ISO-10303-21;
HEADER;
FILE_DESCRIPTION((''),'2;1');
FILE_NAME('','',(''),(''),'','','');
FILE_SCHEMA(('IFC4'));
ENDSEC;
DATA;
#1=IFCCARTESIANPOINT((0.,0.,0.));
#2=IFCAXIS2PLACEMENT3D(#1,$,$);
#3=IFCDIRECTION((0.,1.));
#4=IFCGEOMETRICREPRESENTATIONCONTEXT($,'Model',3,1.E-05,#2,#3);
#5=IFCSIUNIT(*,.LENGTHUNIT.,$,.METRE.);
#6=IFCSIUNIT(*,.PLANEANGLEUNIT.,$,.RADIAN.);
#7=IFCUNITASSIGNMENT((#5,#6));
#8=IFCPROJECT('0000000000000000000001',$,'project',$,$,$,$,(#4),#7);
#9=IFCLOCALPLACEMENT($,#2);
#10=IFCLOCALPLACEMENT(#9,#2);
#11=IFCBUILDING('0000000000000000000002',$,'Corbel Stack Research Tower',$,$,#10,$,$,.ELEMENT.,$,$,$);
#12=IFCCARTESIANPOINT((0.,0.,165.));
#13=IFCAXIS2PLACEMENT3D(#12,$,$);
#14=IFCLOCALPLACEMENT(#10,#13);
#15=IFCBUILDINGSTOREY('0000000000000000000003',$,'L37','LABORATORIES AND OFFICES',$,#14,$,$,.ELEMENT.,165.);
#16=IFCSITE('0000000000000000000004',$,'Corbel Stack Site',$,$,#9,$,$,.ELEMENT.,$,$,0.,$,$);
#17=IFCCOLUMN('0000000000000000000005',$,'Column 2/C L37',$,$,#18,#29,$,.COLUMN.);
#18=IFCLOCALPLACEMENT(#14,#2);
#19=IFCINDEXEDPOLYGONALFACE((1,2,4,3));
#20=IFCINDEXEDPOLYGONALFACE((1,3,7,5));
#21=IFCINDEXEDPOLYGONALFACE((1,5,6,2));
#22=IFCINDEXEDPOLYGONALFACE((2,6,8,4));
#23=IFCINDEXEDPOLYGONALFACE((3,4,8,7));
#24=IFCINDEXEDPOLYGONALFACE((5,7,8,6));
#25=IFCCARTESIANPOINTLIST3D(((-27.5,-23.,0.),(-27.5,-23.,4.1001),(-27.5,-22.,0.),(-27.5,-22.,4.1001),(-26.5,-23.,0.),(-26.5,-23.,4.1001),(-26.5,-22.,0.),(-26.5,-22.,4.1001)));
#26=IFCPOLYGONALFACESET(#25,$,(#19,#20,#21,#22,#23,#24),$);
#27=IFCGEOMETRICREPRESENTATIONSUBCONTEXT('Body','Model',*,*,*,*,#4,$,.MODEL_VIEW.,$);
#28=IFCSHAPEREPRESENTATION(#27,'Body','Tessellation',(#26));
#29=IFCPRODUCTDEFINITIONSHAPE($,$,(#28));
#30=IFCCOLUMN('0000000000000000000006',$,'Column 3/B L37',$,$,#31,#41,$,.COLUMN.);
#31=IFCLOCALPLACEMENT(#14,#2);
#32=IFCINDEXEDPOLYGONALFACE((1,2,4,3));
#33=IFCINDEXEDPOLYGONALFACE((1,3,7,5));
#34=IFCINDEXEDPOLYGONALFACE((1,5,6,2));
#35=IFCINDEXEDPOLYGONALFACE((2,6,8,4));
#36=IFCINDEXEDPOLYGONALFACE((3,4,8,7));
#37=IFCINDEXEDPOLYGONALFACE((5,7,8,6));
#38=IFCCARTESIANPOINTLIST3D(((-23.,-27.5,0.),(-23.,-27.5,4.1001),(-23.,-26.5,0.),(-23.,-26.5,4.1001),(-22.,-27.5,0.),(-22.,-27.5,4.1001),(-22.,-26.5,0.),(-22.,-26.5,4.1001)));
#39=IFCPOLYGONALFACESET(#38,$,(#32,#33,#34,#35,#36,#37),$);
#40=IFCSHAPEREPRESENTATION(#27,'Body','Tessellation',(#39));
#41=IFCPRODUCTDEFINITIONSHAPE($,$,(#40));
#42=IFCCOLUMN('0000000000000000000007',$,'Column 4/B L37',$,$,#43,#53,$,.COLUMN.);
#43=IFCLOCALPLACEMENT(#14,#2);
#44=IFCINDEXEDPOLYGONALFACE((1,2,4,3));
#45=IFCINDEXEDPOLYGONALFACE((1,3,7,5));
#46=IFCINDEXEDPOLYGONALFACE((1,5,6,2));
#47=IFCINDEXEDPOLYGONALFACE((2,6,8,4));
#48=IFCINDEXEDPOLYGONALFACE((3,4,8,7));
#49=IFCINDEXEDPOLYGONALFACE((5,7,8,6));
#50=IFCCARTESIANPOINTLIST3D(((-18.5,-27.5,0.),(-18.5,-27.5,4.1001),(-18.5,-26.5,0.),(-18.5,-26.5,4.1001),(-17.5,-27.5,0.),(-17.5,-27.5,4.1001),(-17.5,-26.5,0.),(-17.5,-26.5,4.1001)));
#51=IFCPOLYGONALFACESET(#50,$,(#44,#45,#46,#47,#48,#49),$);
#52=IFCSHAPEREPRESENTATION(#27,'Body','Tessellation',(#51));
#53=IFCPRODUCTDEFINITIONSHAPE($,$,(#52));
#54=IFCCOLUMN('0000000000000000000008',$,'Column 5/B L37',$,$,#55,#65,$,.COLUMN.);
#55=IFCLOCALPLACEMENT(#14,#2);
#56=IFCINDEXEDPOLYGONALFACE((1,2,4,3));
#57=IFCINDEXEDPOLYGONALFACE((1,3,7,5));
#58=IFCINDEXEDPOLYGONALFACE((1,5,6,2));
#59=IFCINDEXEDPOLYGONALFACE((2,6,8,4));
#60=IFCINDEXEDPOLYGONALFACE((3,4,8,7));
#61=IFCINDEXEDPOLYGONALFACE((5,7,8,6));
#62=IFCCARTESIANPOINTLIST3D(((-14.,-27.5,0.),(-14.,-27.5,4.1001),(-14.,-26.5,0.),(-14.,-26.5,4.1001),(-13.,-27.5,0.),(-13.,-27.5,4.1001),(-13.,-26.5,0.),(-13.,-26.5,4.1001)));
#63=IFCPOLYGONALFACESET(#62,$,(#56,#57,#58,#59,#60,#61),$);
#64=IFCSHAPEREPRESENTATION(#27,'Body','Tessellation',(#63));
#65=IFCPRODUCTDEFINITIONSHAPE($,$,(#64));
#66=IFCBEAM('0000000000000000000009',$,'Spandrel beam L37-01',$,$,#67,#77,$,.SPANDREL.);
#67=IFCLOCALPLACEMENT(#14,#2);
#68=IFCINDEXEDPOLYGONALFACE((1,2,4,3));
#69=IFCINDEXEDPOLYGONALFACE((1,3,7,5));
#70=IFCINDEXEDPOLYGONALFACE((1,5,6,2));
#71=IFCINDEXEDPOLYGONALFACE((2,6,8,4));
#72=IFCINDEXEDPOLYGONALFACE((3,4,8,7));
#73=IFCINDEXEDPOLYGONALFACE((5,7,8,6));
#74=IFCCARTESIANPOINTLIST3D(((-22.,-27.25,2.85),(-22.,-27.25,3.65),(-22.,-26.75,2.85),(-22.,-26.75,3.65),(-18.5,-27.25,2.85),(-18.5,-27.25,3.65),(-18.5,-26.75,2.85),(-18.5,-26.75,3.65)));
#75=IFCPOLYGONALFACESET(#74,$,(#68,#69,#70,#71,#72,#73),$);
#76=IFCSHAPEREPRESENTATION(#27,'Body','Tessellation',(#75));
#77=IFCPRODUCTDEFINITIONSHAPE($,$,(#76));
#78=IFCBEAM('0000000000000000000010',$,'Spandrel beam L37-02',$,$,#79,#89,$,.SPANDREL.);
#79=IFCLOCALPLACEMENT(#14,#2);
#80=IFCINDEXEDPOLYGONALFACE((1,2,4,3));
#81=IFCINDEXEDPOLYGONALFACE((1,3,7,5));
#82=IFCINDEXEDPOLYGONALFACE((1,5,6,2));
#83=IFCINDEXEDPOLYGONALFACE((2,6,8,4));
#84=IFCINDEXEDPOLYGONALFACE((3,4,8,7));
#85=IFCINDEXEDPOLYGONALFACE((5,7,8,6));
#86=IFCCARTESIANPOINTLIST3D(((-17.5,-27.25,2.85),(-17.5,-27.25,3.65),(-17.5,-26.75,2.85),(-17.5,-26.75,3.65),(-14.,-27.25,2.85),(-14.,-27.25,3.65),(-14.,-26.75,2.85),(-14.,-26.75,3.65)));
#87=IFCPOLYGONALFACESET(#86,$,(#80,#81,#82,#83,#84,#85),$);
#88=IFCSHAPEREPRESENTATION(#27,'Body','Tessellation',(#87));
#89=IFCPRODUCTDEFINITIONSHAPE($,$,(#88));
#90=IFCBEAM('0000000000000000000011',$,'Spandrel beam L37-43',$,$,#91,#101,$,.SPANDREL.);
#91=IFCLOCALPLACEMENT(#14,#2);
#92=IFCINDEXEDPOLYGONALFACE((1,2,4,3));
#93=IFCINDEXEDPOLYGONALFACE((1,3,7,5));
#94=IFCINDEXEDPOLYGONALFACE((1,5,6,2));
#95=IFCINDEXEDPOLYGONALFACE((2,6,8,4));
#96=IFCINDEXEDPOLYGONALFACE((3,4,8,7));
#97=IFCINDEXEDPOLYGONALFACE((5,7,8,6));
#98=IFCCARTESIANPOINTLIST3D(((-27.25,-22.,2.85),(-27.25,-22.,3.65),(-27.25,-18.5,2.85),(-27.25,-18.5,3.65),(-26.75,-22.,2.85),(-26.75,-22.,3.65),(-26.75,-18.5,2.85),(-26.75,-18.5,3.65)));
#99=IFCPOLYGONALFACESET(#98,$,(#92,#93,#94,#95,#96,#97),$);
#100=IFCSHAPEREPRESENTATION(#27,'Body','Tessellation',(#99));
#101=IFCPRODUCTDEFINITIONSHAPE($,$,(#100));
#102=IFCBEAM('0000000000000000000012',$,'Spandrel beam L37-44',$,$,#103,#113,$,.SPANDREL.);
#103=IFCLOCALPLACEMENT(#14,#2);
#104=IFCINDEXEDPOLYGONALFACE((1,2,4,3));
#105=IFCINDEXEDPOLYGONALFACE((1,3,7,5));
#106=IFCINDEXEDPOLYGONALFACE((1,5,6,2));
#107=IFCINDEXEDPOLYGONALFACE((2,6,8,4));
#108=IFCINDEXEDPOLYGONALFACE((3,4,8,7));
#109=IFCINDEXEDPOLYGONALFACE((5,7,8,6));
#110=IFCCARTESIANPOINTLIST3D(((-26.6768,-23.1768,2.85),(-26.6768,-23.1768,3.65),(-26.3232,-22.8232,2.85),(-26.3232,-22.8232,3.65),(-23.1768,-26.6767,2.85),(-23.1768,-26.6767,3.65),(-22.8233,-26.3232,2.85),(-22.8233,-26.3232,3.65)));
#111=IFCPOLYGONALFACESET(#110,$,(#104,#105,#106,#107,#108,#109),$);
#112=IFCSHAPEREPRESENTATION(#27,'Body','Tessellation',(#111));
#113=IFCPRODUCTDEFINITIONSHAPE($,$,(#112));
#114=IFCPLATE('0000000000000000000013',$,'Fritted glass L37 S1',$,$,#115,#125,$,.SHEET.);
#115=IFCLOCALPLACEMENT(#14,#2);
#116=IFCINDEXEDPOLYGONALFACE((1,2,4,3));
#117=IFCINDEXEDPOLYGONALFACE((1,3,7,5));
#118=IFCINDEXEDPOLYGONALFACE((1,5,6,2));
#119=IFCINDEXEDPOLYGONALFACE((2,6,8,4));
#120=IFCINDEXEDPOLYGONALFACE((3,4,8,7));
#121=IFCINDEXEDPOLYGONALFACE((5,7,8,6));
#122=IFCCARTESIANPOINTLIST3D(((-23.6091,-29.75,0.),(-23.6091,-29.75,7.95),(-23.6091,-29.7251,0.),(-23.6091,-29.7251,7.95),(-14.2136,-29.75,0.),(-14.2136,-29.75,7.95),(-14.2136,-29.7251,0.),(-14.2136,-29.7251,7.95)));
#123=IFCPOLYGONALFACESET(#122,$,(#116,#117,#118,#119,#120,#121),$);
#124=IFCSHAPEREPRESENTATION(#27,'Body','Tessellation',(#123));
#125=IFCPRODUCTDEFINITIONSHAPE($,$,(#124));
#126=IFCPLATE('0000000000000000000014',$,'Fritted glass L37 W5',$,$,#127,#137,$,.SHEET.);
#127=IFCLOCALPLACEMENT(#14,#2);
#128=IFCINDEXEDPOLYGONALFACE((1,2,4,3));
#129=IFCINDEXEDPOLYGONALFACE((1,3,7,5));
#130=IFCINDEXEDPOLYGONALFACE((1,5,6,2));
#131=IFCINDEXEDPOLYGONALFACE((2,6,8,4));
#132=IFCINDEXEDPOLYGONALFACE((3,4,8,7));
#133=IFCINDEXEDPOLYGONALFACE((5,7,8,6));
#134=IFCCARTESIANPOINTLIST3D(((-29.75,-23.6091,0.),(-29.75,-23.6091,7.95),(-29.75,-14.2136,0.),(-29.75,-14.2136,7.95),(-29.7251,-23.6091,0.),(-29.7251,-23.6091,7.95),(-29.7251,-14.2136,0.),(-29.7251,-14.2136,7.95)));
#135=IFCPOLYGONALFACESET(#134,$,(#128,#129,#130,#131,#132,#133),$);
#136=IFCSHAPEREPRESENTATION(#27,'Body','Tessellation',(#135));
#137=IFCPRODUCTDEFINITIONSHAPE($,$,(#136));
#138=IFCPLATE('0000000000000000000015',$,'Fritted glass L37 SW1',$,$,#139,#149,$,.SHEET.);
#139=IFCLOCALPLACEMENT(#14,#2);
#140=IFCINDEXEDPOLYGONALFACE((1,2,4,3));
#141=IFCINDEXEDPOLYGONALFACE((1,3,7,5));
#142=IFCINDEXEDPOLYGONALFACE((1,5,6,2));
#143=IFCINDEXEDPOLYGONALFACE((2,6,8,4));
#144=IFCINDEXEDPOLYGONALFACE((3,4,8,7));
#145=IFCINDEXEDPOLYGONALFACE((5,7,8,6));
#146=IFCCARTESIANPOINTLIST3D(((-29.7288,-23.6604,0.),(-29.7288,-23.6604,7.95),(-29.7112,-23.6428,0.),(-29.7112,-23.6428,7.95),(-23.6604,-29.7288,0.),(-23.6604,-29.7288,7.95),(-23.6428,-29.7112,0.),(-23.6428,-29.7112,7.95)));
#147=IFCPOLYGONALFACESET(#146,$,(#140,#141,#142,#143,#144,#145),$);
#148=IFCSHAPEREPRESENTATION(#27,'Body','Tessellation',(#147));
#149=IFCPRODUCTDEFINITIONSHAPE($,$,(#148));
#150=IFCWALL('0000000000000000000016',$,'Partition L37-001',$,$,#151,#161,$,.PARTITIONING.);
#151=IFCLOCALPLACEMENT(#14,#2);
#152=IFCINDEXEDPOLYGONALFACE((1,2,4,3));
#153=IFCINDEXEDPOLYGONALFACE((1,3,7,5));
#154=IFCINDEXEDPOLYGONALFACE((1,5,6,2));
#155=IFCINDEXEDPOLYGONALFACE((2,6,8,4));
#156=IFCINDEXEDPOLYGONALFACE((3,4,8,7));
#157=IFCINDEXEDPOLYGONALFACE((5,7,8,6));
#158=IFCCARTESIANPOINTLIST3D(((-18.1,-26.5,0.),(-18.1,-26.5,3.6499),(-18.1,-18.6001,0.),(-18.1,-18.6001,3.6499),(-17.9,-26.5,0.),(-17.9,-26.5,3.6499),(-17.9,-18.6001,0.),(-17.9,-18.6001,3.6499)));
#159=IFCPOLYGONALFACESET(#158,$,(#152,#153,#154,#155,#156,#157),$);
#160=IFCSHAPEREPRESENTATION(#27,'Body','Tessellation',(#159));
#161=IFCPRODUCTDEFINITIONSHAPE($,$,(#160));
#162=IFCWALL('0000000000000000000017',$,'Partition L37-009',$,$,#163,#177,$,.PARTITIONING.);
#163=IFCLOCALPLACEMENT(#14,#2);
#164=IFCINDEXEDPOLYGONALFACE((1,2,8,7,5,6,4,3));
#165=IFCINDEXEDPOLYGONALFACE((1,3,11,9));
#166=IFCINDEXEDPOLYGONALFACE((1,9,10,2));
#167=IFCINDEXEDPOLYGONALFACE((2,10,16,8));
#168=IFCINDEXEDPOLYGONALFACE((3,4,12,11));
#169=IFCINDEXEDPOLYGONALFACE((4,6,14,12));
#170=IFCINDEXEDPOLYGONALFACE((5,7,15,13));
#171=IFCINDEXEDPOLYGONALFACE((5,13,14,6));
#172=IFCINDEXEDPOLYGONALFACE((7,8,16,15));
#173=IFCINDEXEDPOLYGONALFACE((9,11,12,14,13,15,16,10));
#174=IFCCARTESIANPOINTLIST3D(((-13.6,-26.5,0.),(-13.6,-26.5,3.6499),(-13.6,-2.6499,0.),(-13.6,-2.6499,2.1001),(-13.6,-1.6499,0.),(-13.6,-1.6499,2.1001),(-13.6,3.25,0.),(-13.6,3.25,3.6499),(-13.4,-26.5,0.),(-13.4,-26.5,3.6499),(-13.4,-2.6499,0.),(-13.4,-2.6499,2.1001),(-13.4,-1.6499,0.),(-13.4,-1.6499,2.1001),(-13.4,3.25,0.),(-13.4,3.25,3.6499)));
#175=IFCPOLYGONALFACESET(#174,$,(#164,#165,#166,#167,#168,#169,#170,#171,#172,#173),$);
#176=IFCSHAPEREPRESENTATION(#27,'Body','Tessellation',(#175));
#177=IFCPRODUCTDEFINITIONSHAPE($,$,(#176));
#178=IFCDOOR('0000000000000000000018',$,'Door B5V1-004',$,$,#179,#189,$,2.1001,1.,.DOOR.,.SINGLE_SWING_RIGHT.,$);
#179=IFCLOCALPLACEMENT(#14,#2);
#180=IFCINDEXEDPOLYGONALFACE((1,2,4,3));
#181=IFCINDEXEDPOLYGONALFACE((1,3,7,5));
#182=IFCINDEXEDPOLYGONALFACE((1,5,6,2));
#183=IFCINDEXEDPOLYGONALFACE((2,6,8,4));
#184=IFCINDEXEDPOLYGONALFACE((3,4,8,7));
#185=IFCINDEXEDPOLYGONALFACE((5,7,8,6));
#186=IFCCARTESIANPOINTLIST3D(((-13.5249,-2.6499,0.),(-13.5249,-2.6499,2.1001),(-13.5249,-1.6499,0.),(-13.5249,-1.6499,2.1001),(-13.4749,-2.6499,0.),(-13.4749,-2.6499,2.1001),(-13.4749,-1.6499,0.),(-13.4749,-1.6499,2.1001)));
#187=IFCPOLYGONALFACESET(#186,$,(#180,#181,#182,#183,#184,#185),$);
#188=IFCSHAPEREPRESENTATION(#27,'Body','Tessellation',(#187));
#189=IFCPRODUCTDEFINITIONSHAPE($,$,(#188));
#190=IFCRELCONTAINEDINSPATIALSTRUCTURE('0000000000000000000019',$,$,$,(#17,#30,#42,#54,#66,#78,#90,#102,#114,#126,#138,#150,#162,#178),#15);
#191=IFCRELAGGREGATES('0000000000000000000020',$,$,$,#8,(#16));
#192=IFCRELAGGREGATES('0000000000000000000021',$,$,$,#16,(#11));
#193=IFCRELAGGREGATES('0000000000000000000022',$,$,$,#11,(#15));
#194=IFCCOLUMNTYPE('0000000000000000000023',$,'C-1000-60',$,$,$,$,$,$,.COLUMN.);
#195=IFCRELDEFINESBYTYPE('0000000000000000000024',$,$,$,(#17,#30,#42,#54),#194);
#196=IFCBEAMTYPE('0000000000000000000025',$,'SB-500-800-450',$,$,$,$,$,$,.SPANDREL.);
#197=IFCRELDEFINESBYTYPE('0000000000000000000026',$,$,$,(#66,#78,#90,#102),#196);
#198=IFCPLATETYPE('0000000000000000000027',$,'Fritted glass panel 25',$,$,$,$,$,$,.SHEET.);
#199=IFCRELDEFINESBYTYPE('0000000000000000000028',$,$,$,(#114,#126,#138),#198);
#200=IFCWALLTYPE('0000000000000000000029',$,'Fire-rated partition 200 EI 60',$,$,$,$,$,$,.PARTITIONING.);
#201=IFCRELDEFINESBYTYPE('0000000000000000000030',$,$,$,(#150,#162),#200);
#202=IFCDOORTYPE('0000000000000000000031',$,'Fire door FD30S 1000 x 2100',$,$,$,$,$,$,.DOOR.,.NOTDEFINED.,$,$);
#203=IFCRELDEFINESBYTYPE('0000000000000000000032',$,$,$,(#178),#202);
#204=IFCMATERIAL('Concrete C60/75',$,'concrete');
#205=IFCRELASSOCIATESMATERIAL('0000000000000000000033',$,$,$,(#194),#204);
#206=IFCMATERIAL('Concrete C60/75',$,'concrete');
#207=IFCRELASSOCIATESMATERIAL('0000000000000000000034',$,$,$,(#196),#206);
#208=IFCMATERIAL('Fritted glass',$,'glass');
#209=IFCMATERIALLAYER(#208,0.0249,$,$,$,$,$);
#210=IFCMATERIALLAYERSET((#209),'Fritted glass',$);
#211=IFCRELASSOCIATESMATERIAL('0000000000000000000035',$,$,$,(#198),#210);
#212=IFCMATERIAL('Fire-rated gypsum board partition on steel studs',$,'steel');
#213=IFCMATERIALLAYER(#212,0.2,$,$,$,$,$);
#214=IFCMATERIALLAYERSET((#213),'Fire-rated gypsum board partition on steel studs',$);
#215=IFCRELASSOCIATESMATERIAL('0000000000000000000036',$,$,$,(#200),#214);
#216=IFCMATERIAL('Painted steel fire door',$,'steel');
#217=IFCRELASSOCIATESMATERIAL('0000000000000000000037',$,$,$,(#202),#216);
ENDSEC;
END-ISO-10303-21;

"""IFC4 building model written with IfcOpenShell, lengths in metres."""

from ifc_helpers import new_model, si_unit, direction, frame, frame_2d, origin, origin_2d, place, context, subcontext, project, spatial, rectangle, extrude, material, layer, layer_set, material_profile, profile_set, type_object, element, fill, save


model = new_model("IFC4")

# Units and contexts
model_context = context("Model", 3, precision=1e-05, world=origin(), true_north=direction((0.0, 1.0)))
body_context = subcontext(model_context, "Body", "Model", "MODEL_VIEW")
ifc_project = project(units=[si_unit("LENGTHUNIT", "METRE"), si_unit("PLANEANGLEUNIT", "RADIAN")], contexts=[model_context])

# Site, building, storey
site_placement = place(None, origin())
site = spatial("IfcSite", under=ifc_project, at=site_placement, Name="Corbel Stack Site", CompositionType="ELEMENT", RefElevation=0.0)
building_placement = place(site_placement, origin())
building = spatial("IfcBuilding", under=site, at=building_placement, Name="Corbel Stack Research Tower", CompositionType="ELEMENT")
storey_placement = place(building_placement, frame((0.0, 0.0, 165.0)))
storey = spatial("IfcBuildingStorey", under=building, at=storey_placement, Name="L37", Description="LABORATORIES AND OFFICES", CompositionType="ELEMENT", Elevation=165.0)

# Columns
ifc_material_1 = material(Name="Concrete C60/75", Category="concrete")
ifc_material_profile_1 = material_profile(ifc_material_1, rectangle(XDim=1.0, YDim=1.0, at=origin_2d()), Name="RC 1000 x 1000")
ifc_profile_set_1 = profile_set([ifc_material_profile_1], Name="Concrete C60/75")
column_type = type_object("IfcColumnType", Name="C-1000-60", PredefinedType="COLUMN", material=ifc_profile_set_1)
for number, where, z_axis, x_axis, name in (
    (1, (-27.0, -22.5, 0.0), (0.0, 0.0, 1.0), (1.0, 0.0, 0.0), "Column 2/C L37"),
    (2, (-22.5, -27.0, 0.0), (0.0, 0.0, 1.0), (1.0, 0.0, 0.0), "Column 3/B L37"),
    (3, (-18.0, -27.0, 0.0), (0.0, 0.0, 1.0), (1.0, 0.0, 0.0), "Column 4/B L37"),
    (4, (-13.5, -27.0, 0.0), (0.0, 0.0, 1.0), (1.0, 0.0, 0.0), "Column 5/B L37"),
):
    element("IfcColumn", number, at=place(storey_placement, frame(where, z_axis=z_axis, x_axis=x_axis)), inside=storey, type_object=column_type, Name=name, PredefinedType="COLUMN", context=body_context, shape_type="SweptSolid", body=[
        extrude(rectangle(XDim=1.0, YDim=1.0, at=origin_2d()), origin(), (0.0, 0.0, 1.0), 4.1001),
    ])

# Beams
ifc_material_2 = material(Name="Concrete C60/75", Category="concrete")
ifc_material_profile_2 = material_profile(ifc_material_2, rectangle(XDim=0.5, YDim=0.8, at=origin_2d()), Name="RC 500 x 800")
ifc_profile_set_2 = profile_set([ifc_material_profile_2], Name="Concrete C60/75")
beam_type = type_object("IfcBeamType", Name="SB-500-800-450", PredefinedType="SPANDREL", material=ifc_profile_set_2)
for number, where, z_axis, x_axis, name in (
    (5, (-22.0, -27.0, 3.25), (1.0, 0.0, 0.0), (0.0, 1.0, 0.0), "Spandrel beam L37-01"),
    (6, (-17.5, -27.0, 3.25), (1.0, 0.0, 0.0), (0.0, 1.0, 0.0), "Spandrel beam L37-02"),
    (7, (-27.0, -18.5, 3.25), (0.0, -1.0, 0.0), (1.0, 0.0, 0.0), "Spandrel beam L37-43"),
):
    element("IfcBeam", number, at=place(storey_placement, frame(where, z_axis=z_axis, x_axis=x_axis)), inside=storey, type_object=beam_type, Name=name, PredefinedType="SPANDREL", context=body_context, shape_type="SweptSolid", body=[
        extrude(rectangle(XDim=0.5, YDim=0.8, at=origin_2d()), origin(), (0.0, 0.0, 1.0), 3.5),
    ])
beam_placement = place(storey_placement, frame((-26.5, -23.0, 3.25), z_axis=(0.707107, -0.707107, 0.0), x_axis=(0.707107, 0.707107, 0.0)))
element("IfcBeam", 8, at=beam_placement, inside=storey, type_object=beam_type, Name="Spandrel beam L37-44", PredefinedType="SPANDREL", context=body_context, shape_type="SweptSolid", body=[
    extrude(rectangle(XDim=0.5, YDim=0.8, at=origin_2d()), origin(), (0.0, 0.0, 1.0), 4.9497),
])

# Plates
ifc_material_3 = material(Name="Fritted glass", Category="glass")
ifc_layer_1 = layer(ifc_material_3, 0.0249)
ifc_layer_set_1 = layer_set([ifc_layer_1], Name="Fritted glass")
plate_type = type_object("IfcPlateType", Name="Fritted glass panel 25", PredefinedType="SHEET", material=ifc_layer_set_1)
for number, where, z_axis, x_axis, name in (
    (9, (-18.9114, -29.7375, 0.0), (0.0, 0.0, 1.0), (1.0, 0.0, 0.0), "Fritted glass L37 S1"),
    (10, (-29.7375, -18.9114, 0.0), (0.0, 0.0, 1.0), (0.0, -1.0, 0.0), "Fritted glass L37 W5"),
):
    element("IfcPlate", number, at=place(storey_placement, frame(where, z_axis=z_axis, x_axis=x_axis)), inside=storey, type_object=plate_type, Name=name, PredefinedType="SHEET", context=body_context, shape_type="SweptSolid", body=[
        extrude(rectangle(XDim=9.3955, YDim=0.0249, at=origin_2d()), origin(), (0.0, 0.0, 1.0), 7.95),
    ])
plate_placement = place(storey_placement, frame((-26.6858, -26.6858, 0.0), z_axis=(0.0, 0.0, 1.0), x_axis=(0.707107, -0.707107, 0.0)))
element("IfcPlate", 11, at=plate_placement, inside=storey, type_object=plate_type, Name="Fritted glass L37 SW1", PredefinedType="SHEET", context=body_context, shape_type="SweptSolid", body=[
    extrude(rectangle(XDim=8.582, YDim=0.0249, at=origin_2d()), origin(), (0.0, 0.0, 1.0), 7.95),
])

# Wall
ifc_material_4 = material(Name="Fire-rated gypsum board partition on steel studs", Category="steel")
ifc_layer_2 = layer(ifc_material_4, 0.2)
ifc_layer_set_2 = layer_set([ifc_layer_2], Name="Fire-rated gypsum board partition on steel studs")
wall_type_1 = type_object("IfcWallType", Name="Fire-rated partition 200 EI 60", PredefinedType="PARTITIONING", material=ifc_layer_set_2)
wall_1_placement = place(storey_placement, frame((-18.0, -26.5, 0.0), z_axis=(0.0, 0.0, 1.0), x_axis=(0.0, 1.0, 0.0)))
element("IfcWall", 12, at=wall_1_placement, inside=storey, type_object=wall_type_1, Name="Partition L37-001", PredefinedType="PARTITIONING", context=body_context, shape_type="SweptSolid", body=[
    extrude(rectangle(XDim=7.8999, YDim=0.2, at=frame_2d((3.95, 0.0))), origin(), (0.0, 0.0, 1.0), 3.6499),
])

# Wall, opening, door
wall_2_placement = place(storey_placement, frame((-13.5, -26.5, 0.0), z_axis=(0.0, 0.0, 1.0), x_axis=(0.0, 1.0, 0.0)))
wall_2 = element("IfcWall", 13, at=wall_2_placement, inside=storey, type_object=wall_type_1, Name="Partition L37-009", PredefinedType="PARTITIONING", context=body_context, shape_type="SweptSolid", body=[
    extrude(rectangle(XDim=29.75, YDim=0.2, at=frame_2d((14.875, 0.0))), origin(), (0.0, 0.0, 1.0), 3.6499),
])
opening_1_placement = place(wall_2_placement, frame((23.8501, 0.0, 0.0)))
opening_1 = element("IfcOpeningElement", 14, at=opening_1_placement, cuts=wall_2, PredefinedType="OPENING", context=body_context, shape_type="SweptSolid", body=[
    extrude(rectangle(XDim=1.0, YDim=2.1001, at=frame_2d((0.5, 1.05))), frame((0.0, 0.1099, 0.0), z_axis=(0.0, -1.0, 0.0), x_axis=(1.0, 0.0, 0.0)), (0.0, 0.0, 1.0), 0.22),
])
ifc_material_5 = material(Name="Painted steel fire door", Category="steel")
door_type_1 = type_object("IfcDoorType", Name="Fire door FD30S 1000 x 2100", OperationType="NOTDEFINED", PredefinedType="DOOR", material=ifc_material_5)
door_1_placement = place(opening_1_placement, origin())
door_1 = element("IfcDoor", 15, at=door_1_placement, inside=storey, type_object=door_type_1, Name="Door B5V1-004", OperationType="SINGLE_SWING_RIGHT", OverallHeight=2.1001, OverallWidth=1.0, PredefinedType="DOOR", context=body_context, shape_type="SweptSolid", body=[
    extrude(rectangle(XDim=1.0, YDim=2.1001, at=frame_2d((0.5, 1.05))), frame((0.0, 0.0249, 0.0), z_axis=(0.0, -1.0, 0.0), x_axis=(1.0, 0.0, 0.0)), (0.0, 0.0, 1.0), 0.05),
])
fill(opening_1, door_1)

save(model, "model.ifc")
